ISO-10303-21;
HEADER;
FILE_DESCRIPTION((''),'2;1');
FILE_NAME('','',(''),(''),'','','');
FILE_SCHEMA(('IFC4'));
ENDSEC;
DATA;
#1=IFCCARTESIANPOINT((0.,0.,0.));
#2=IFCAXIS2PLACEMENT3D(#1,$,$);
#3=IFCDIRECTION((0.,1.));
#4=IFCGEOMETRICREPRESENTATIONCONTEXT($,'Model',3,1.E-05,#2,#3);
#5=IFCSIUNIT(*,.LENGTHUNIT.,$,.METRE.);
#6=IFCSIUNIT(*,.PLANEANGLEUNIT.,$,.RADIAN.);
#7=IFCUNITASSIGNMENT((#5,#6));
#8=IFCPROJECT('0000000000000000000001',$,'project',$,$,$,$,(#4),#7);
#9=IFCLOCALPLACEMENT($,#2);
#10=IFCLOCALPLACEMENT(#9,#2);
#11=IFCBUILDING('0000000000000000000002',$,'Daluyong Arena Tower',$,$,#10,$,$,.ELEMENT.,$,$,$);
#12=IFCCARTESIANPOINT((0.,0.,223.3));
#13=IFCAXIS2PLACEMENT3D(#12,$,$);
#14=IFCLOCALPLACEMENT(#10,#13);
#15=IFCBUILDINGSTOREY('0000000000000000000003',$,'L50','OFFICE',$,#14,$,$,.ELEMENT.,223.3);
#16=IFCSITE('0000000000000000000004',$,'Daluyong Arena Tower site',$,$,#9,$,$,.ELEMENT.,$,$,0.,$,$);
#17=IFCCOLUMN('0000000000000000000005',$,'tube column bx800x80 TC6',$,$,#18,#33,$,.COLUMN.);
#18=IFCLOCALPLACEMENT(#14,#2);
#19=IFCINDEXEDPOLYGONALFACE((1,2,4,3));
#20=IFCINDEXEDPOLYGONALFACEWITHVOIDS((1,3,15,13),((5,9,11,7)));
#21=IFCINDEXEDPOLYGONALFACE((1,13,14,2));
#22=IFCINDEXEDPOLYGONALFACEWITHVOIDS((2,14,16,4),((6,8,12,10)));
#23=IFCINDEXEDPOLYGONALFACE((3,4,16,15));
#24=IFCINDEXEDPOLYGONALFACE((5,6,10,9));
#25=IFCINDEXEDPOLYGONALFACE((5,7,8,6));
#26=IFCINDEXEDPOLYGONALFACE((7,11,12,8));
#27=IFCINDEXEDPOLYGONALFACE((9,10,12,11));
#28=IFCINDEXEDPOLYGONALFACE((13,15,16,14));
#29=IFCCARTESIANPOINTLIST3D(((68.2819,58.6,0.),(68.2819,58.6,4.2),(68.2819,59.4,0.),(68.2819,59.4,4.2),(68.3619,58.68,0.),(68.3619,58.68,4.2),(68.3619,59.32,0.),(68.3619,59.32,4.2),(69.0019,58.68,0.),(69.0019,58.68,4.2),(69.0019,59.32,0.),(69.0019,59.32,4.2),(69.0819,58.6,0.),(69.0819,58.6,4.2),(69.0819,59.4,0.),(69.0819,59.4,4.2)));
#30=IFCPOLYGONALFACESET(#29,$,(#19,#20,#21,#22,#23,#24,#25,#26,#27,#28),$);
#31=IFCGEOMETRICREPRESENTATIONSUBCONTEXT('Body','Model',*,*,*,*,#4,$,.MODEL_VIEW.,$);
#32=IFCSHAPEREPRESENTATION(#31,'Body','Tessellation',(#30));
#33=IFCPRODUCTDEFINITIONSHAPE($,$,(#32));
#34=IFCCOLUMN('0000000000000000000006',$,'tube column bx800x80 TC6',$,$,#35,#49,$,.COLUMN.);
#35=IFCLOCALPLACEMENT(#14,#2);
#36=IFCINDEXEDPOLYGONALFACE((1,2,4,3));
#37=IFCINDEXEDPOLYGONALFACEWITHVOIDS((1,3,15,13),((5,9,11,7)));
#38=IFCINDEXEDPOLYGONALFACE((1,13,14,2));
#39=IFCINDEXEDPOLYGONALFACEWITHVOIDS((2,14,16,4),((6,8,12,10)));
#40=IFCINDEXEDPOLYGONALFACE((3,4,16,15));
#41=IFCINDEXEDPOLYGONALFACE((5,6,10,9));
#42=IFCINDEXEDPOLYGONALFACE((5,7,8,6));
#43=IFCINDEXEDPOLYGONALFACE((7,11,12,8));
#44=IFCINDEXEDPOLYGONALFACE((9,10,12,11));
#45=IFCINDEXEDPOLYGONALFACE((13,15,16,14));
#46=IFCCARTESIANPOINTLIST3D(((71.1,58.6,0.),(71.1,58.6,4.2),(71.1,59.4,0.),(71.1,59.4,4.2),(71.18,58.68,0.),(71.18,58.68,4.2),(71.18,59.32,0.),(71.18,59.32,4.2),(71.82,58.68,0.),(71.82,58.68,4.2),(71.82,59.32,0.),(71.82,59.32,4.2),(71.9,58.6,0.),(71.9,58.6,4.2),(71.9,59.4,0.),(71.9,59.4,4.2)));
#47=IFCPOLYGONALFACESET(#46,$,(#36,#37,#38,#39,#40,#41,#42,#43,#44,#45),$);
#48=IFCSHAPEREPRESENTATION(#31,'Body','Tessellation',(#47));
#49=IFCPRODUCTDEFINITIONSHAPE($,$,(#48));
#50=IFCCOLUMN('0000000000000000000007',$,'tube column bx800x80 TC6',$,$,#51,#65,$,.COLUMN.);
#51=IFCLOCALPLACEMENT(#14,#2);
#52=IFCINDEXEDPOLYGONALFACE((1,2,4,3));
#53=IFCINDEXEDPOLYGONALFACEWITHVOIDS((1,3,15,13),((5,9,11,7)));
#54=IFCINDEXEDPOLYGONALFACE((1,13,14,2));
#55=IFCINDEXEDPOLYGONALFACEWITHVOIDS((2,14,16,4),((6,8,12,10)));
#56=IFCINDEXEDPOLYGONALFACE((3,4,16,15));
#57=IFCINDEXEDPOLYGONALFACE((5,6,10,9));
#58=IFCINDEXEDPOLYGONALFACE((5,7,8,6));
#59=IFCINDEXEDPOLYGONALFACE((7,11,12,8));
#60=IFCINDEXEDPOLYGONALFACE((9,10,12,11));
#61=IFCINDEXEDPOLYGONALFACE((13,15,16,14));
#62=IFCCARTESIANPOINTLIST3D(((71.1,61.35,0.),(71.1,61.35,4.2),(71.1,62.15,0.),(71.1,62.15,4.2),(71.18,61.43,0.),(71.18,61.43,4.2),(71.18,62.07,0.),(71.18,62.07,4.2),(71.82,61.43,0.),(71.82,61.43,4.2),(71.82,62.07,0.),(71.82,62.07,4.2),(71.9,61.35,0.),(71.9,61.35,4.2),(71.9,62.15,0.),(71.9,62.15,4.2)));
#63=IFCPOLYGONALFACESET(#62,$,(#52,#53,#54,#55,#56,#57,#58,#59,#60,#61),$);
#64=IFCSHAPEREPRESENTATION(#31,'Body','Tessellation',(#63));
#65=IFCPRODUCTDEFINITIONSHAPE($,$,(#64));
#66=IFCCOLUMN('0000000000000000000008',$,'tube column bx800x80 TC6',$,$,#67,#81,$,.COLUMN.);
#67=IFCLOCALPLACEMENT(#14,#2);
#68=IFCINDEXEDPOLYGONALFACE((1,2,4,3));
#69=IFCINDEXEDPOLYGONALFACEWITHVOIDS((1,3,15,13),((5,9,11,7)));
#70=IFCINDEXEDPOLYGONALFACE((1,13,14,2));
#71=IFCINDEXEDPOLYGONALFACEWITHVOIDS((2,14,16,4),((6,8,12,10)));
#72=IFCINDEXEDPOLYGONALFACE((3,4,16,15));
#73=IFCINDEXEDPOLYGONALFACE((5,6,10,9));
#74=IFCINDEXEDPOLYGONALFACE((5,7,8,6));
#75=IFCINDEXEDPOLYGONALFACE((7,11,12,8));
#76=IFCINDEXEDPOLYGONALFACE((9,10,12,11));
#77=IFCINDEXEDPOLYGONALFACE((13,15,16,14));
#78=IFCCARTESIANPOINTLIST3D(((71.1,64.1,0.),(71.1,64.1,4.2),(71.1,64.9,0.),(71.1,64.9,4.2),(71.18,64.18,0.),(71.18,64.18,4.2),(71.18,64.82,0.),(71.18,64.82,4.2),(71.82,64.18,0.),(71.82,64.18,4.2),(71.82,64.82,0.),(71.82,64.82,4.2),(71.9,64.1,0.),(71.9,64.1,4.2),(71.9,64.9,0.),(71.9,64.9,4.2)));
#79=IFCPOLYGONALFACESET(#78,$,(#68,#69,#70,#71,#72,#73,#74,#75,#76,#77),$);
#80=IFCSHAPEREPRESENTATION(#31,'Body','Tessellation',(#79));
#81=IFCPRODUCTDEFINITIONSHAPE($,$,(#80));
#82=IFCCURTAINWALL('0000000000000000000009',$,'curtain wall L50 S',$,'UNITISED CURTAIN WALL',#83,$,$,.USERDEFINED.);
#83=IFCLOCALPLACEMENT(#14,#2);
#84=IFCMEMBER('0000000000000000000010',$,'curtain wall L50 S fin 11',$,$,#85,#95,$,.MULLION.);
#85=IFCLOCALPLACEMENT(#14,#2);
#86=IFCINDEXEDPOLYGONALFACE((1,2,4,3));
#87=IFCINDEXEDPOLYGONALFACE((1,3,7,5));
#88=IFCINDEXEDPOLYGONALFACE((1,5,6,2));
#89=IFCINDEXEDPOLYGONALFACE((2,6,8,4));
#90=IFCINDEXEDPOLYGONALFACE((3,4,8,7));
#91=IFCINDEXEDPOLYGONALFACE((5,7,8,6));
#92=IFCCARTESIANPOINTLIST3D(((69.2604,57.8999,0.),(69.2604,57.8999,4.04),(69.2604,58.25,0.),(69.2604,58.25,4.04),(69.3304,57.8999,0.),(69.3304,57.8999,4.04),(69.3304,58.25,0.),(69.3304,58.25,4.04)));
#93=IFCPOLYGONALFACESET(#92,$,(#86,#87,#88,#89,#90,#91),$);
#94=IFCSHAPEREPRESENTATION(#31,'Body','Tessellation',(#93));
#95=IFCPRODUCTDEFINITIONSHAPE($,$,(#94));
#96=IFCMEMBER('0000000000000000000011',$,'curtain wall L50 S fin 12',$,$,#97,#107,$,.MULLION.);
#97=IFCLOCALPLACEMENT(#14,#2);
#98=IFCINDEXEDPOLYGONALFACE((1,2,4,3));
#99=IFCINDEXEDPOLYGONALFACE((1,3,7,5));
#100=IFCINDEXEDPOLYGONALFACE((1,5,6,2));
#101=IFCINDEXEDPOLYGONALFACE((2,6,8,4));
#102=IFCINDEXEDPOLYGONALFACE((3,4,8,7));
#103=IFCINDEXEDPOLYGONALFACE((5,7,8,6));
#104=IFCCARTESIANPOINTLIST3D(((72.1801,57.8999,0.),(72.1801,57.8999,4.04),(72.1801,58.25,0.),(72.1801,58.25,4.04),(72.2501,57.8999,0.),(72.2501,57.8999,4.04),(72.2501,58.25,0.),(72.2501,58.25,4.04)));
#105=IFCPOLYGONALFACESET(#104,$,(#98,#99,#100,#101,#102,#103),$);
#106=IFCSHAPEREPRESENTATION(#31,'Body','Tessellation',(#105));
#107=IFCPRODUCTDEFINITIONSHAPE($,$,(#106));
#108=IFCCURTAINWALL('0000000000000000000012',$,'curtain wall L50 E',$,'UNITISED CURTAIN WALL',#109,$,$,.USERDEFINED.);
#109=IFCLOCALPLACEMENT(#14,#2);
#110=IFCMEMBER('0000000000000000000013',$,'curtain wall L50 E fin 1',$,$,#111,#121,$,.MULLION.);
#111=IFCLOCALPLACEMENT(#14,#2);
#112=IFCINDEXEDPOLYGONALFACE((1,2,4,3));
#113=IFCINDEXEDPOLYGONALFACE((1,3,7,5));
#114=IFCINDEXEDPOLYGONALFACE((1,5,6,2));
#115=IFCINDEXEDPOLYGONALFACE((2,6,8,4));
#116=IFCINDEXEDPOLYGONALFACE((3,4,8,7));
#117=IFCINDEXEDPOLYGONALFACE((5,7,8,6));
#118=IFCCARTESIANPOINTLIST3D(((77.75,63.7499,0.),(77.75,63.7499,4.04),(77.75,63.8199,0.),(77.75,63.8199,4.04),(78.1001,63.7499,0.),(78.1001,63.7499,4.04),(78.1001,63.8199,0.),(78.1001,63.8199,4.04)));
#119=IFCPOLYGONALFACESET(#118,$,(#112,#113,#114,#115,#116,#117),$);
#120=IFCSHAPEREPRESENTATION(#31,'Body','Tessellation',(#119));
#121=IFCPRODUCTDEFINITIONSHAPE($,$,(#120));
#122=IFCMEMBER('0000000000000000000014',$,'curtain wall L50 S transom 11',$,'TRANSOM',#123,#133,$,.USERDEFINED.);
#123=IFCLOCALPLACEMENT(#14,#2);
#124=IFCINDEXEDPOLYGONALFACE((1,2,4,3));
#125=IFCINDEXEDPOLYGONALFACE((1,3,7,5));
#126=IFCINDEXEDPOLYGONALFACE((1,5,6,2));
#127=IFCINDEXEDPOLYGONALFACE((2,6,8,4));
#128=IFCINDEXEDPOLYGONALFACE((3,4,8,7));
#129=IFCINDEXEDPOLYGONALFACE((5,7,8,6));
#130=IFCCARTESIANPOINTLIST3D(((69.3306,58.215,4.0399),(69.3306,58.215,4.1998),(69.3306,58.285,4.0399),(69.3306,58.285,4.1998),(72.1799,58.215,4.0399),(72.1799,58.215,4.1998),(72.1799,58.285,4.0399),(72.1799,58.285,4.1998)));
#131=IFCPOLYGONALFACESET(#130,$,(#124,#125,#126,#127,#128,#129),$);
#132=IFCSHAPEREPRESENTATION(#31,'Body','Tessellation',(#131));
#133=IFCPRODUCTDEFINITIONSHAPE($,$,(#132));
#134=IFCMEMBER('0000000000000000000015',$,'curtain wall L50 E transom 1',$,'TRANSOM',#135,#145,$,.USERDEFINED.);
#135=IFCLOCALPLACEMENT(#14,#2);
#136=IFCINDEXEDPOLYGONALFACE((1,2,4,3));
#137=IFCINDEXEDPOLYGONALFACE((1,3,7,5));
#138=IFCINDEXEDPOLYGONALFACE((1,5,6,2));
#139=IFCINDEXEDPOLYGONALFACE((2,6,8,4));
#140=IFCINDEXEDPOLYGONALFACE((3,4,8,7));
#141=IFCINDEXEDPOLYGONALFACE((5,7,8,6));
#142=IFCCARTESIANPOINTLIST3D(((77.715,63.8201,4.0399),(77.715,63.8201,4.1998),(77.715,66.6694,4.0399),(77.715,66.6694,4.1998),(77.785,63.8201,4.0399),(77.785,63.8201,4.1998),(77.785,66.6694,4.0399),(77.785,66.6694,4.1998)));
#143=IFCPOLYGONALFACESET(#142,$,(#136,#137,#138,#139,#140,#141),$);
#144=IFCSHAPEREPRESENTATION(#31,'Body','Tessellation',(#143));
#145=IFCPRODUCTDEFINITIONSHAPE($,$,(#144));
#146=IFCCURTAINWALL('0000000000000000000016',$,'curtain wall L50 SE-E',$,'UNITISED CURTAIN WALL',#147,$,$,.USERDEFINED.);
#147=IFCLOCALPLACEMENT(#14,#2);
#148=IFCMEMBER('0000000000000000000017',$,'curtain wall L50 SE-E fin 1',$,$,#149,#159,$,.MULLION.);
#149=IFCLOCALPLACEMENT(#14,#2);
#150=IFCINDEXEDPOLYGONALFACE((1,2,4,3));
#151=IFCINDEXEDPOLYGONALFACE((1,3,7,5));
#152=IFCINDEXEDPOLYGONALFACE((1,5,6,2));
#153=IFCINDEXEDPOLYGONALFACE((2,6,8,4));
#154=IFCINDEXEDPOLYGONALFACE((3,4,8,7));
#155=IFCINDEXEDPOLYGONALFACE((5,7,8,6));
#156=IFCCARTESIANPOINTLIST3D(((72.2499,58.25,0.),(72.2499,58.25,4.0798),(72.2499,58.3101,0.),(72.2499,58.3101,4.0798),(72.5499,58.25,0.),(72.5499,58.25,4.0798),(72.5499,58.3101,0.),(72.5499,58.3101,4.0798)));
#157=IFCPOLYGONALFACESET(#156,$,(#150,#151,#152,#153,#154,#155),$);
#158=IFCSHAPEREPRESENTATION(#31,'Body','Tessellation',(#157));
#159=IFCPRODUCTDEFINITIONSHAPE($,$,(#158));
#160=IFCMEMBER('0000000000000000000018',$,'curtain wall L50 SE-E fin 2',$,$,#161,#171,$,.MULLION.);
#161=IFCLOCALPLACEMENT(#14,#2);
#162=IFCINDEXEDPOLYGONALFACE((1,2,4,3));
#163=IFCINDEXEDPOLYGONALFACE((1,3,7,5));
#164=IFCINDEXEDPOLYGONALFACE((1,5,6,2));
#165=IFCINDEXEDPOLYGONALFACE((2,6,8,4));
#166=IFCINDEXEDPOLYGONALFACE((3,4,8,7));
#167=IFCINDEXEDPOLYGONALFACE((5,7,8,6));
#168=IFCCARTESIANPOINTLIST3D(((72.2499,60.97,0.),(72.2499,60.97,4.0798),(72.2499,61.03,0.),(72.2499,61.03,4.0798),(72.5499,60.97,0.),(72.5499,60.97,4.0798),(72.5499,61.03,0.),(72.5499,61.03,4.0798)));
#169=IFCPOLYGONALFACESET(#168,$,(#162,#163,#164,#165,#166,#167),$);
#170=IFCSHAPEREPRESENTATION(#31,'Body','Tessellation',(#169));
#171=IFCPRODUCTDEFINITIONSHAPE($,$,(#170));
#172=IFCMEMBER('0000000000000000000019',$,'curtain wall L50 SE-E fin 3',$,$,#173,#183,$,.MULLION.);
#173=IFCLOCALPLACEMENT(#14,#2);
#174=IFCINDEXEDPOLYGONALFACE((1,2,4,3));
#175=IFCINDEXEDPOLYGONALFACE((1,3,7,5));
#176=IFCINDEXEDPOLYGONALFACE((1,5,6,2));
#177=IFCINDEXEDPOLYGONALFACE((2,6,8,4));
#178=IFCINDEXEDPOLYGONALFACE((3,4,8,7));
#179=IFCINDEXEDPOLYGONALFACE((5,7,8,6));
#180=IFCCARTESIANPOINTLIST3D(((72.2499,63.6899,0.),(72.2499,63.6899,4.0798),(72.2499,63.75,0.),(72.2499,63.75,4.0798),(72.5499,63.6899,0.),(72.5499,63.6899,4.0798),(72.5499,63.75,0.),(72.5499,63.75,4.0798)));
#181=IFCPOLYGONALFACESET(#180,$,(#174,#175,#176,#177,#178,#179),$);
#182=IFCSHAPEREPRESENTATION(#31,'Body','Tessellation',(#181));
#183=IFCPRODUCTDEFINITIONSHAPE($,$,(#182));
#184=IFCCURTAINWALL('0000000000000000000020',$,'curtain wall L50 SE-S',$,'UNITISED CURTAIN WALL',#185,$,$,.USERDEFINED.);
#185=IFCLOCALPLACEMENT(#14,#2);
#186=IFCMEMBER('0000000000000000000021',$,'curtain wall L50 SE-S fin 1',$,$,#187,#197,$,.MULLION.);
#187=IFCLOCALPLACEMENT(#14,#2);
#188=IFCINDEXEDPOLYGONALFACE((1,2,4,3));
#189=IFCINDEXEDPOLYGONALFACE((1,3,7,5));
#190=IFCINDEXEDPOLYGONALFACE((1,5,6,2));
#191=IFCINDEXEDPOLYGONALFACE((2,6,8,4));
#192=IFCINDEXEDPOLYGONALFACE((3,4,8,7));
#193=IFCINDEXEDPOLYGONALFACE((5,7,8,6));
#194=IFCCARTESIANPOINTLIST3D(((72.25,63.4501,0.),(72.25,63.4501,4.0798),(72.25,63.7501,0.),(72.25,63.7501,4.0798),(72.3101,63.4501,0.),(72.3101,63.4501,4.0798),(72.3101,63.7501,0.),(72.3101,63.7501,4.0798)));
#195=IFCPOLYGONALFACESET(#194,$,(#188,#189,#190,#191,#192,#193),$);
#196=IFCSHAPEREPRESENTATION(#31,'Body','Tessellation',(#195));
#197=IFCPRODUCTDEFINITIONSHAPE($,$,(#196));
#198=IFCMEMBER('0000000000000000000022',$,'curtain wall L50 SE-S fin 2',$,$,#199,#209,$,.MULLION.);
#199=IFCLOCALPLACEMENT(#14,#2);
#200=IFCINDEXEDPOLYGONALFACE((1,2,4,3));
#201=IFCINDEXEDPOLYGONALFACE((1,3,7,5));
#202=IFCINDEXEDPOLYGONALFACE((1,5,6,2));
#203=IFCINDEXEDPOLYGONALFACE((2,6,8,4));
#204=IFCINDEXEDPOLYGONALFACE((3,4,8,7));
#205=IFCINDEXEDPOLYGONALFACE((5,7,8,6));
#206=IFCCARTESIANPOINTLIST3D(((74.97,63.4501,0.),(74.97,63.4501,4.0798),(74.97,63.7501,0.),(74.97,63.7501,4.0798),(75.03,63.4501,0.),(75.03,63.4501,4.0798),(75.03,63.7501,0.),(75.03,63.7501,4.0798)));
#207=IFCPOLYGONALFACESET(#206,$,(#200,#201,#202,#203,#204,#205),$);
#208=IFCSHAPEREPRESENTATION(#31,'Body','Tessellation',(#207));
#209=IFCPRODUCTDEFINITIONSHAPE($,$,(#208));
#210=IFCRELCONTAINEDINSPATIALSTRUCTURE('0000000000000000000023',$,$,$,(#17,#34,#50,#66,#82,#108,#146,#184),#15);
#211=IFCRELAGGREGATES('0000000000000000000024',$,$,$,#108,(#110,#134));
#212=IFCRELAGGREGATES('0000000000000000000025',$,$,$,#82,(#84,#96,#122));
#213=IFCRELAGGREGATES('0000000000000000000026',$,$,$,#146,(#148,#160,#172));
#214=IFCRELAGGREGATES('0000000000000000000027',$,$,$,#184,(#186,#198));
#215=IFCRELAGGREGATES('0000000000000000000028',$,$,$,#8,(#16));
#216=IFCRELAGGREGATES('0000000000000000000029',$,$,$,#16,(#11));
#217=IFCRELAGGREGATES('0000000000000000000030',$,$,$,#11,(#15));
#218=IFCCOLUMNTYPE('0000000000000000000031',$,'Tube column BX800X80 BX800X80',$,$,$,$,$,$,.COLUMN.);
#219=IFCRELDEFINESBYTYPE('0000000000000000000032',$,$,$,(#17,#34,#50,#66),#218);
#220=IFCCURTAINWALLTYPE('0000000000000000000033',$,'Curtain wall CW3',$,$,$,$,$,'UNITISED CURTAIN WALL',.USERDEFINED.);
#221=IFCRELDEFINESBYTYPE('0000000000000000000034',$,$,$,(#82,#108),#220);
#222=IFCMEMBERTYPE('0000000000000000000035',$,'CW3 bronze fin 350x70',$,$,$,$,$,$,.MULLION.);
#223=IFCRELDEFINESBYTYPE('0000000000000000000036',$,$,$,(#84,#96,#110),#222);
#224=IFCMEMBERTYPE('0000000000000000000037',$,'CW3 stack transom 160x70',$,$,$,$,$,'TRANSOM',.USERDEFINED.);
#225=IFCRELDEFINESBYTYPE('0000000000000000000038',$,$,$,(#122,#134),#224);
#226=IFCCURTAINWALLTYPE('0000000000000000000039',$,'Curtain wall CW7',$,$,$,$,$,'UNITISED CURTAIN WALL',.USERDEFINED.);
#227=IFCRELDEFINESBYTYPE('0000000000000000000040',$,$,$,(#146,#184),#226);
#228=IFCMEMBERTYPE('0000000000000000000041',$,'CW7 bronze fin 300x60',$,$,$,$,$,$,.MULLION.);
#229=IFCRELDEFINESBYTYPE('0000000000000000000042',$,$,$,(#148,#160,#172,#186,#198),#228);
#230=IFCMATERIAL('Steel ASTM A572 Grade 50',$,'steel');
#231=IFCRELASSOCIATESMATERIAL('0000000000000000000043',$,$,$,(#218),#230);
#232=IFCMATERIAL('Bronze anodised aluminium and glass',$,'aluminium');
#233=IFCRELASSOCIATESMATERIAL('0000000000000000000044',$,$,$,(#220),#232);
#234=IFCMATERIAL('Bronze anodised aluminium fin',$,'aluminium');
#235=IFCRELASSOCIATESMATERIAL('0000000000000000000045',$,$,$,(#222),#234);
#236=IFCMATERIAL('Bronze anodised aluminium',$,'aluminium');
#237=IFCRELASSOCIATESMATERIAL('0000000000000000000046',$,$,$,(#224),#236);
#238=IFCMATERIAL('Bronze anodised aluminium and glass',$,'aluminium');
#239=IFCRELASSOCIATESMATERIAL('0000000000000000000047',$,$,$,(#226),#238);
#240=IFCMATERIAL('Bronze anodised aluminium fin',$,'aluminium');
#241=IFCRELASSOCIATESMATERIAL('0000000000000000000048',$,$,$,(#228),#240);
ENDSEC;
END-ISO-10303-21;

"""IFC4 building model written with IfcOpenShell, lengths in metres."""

from ifc_helpers import new_model, si_unit, direction, frame, origin, origin_2d, place, context, subcontext, project, spatial, rectangle, hollow_rectangle, extrude, material, material_profile, profile_set, type_object, element, aggregate, save


model = new_model("IFC4")

# Units and contexts
model_context = context("Model", 3, precision=1e-05, world=origin(), true_north=direction((0.0, 1.0)))
body_context = subcontext(model_context, "Body", "Model", "MODEL_VIEW")
ifc_project = project(units=[si_unit("LENGTHUNIT", "METRE"), si_unit("PLANEANGLEUNIT", "RADIAN")], contexts=[model_context])

# Site, building, storey
site_placement = place(None, origin())
site = spatial("IfcSite", under=ifc_project, at=site_placement, Name="Daluyong Arena Tower site", CompositionType="ELEMENT", RefElevation=0.0)
building_placement = place(site_placement, origin())
building = spatial("IfcBuilding", under=site, at=building_placement, Name="Daluyong Arena Tower", CompositionType="ELEMENT")
storey_placement = place(building_placement, frame((0.0, 0.0, 223.3)))
storey = spatial("IfcBuildingStorey", under=building, at=storey_placement, Name="L50", Description="OFFICE", CompositionType="ELEMENT", Elevation=223.3)

# Columns
ifc_material_1 = material(Name="Steel ASTM A572 Grade 50", Category="steel")
ifc_material_profile_1 = material_profile(ifc_material_1, hollow_rectangle(XDim=0.8, YDim=0.8, WallThickness=0.08, at=origin_2d()))
ifc_profile_set_1 = profile_set([ifc_material_profile_1], Name="Steel ASTM A572 Grade 50")
column_type = type_object("IfcColumnType", Name="Tube column BX800X80 BX800X80", PredefinedType="COLUMN", material=ifc_profile_set_1)
for number, where, z_axis, x_axis, name in (
    (1, (68.6819, 59.0, 0.0), (0.0, 0.0, 1.0), (1.0, 0.0, 0.0), "tube column bx800x80 TC6"),
    (2, (71.5, 59.0, 0.0), (0.0, 0.0, 1.0), (0.0, 1.0, 0.0), "tube column bx800x80 TC6"),
    (3, (71.5, 61.75, 0.0), (0.0, 0.0, 1.0), (0.0, 1.0, 0.0), "tube column bx800x80 TC6"),
    (4, (71.5, 64.5, 0.0), (0.0, 0.0, 1.0), (1.0, 0.0, 0.0), "tube column bx800x80 TC6"),
):
    element("IfcColumn", number, at=place(storey_placement, frame(where, z_axis=z_axis, x_axis=x_axis)), inside=storey, type_object=column_type, Name=name, PredefinedType="COLUMN", context=body_context, shape_type="SweptSolid", body=[
        extrude(hollow_rectangle(XDim=0.8, YDim=0.8, WallThickness=0.08, at=origin_2d()), origin(), (0.0, 0.0, 1.0), 4.2),
    ])

# Curtain wall, members
ifc_material_2 = material(Name="Bronze anodised aluminium and glass", Category="aluminium")
curtain_wall_type_1 = type_object("IfcCurtainWallType", Name="Curtain wall CW3", ElementType="UNITISED CURTAIN WALL", PredefinedType="USERDEFINED", material=ifc_material_2)
curtain_wall_1_placement = place(storey_placement, origin())
curtain_wall_1 = element("IfcCurtainWall", 5, at=curtain_wall_1_placement, inside=storey, type_object=curtain_wall_type_1, Name="curtain wall L50 S", ObjectType="UNITISED CURTAIN WALL", PredefinedType="USERDEFINED")
ifc_material_3 = material(Name="Bronze anodised aluminium fin", Category="aluminium")
ifc_material_profile_2 = material_profile(ifc_material_3, rectangle(XDim=0.3501, YDim=0.0701, at=origin_2d()))
ifc_profile_set_2 = profile_set([ifc_material_profile_2], Name="Bronze anodised aluminium fin")
member_type_1 = type_object("IfcMemberType", Name="CW3 bronze fin 350x70", PredefinedType="MULLION", material=ifc_profile_set_2)
member_1_placement = place(storey_placement, frame((69.2954, 58.075, 0.0), z_axis=(0.0, 0.0, 1.0), x_axis=(0.0, 1.0, 0.0)))
member_1 = element("IfcMember", 6, at=member_1_placement, type_object=member_type_1, Name="curtain wall L50 S fin 11", PredefinedType="MULLION", context=body_context, shape_type="SweptSolid", body=[
    extrude(rectangle(XDim=0.3501, YDim=0.0701, at=origin_2d()), origin(), (0.0, 0.0, 1.0), 4.04),
])
member_2_placement = place(storey_placement, frame((72.2151, 58.075, 0.0), z_axis=(0.0, 0.0, 1.0), x_axis=(0.0, 1.0, 0.0)))
member_2 = element("IfcMember", 7, at=member_2_placement, type_object=member_type_1, Name="curtain wall L50 S fin 12", PredefinedType="MULLION", context=body_context, shape_type="SweptSolid", body=[
    extrude(rectangle(XDim=0.3501, YDim=0.0701, at=origin_2d()), origin(), (0.0, 0.0, 1.0), 4.04),
])

# Curtain wall, member
curtain_wall_2_placement = place(storey_placement, origin())
curtain_wall_2 = element("IfcCurtainWall", 8, at=curtain_wall_2_placement, inside=storey, type_object=curtain_wall_type_1, Name="curtain wall L50 E", ObjectType="UNITISED CURTAIN WALL", PredefinedType="USERDEFINED")
member_3_placement = place(storey_placement, frame((77.925, 63.7849, 0.0), z_axis=(0.0, 0.0, 1.0), x_axis=(-1.0, 0.0, 0.0)))
member_3 = element("IfcMember", 9, at=member_3_placement, type_object=member_type_1, Name="curtain wall L50 E fin 1", PredefinedType="MULLION", context=body_context, shape_type="SweptSolid", body=[
    extrude(rectangle(XDim=0.3501, YDim=0.0701, at=origin_2d()), origin(), (0.0, 0.0, 1.0), 4.04),
])

# Members
ifc_material_4 = material(Name="Bronze anodised aluminium", Category="aluminium")
ifc_material_profile_3 = material_profile(ifc_material_4, rectangle(XDim=0.0701, YDim=0.1599, at=origin_2d()))
ifc_profile_set_3 = profile_set([ifc_material_profile_3], Name="Bronze anodised aluminium")
member_type_2 = type_object("IfcMemberType", Name="CW3 stack transom 160x70", ElementType="TRANSOM", PredefinedType="USERDEFINED", material=ifc_profile_set_3)
member_4_placement = place(storey_placement, frame((69.3306, 58.25, 4.1199), z_axis=(1.0, 0.0, 0.0), x_axis=(0.0, 1.0, 0.0)))
member_4 = element("IfcMember", 10, at=member_4_placement, type_object=member_type_2, Name="curtain wall L50 S transom 11", ObjectType="TRANSOM", PredefinedType="USERDEFINED", context=body_context, shape_type="SweptSolid", body=[
    extrude(rectangle(XDim=0.0701, YDim=0.1599, at=origin_2d()), origin(), (0.0, 0.0, 1.0), 2.8494),
])
member_5_placement = place(storey_placement, frame((77.75, 63.8201, 4.1199), z_axis=(0.0, 1.0, 0.0), x_axis=(-1.0, 0.0, 0.0)))
member_5 = element("IfcMember", 11, at=member_5_placement, type_object=member_type_2, Name="curtain wall L50 E transom 1", ObjectType="TRANSOM", PredefinedType="USERDEFINED", context=body_context, shape_type="SweptSolid", body=[
    extrude(rectangle(XDim=0.0701, YDim=0.1599, at=origin_2d()), origin(), (0.0, 0.0, 1.0), 2.8494),
])
aggregate(curtain_wall_2, [member_3, member_5])

# Curtain walls, members
ifc_material_5 = material(Name="Bronze anodised aluminium and glass", Category="aluminium")
curtain_wall_type_2 = type_object("IfcCurtainWallType", Name="Curtain wall CW7", ElementType="UNITISED CURTAIN WALL", PredefinedType="USERDEFINED", material=ifc_material_5)
curtain_wall_3_placement = place(storey_placement, origin())
curtain_wall_3 = element("IfcCurtainWall", 12, at=curtain_wall_3_placement, inside=storey, type_object=curtain_wall_type_2, Name="curtain wall L50 SE-E", ObjectType="UNITISED CURTAIN WALL", PredefinedType="USERDEFINED")
ifc_material_6 = material(Name="Bronze anodised aluminium fin", Category="aluminium")
ifc_material_profile_4 = material_profile(ifc_material_6, rectangle(XDim=0.3, YDim=0.0601, at=origin_2d()))
ifc_profile_set_4 = profile_set([ifc_material_profile_4], Name="Bronze anodised aluminium fin")
member_type_3 = type_object("IfcMemberType", Name="CW7 bronze fin 300x60", PredefinedType="MULLION", material=ifc_profile_set_4)
member_6_placement = place(storey_placement, frame((72.3999, 58.28, 0.0), z_axis=(0.0, 0.0, 1.0), x_axis=(-1.0, 0.0, 0.0)))
member_6 = element("IfcMember", 13, at=member_6_placement, type_object=member_type_3, Name="curtain wall L50 SE-E fin 1", PredefinedType="MULLION", context=body_context, shape_type="SweptSolid", body=[
    extrude(rectangle(XDim=0.3, YDim=0.0601, at=origin_2d()), origin(), (0.0, 0.0, 1.0), 4.0798),
])
member_7_placement = place(storey_placement, frame((72.3999, 61.0, 0.0), z_axis=(0.0, 0.0, 1.0), x_axis=(-1.0, 0.0, 0.0)))
member_7 = element("IfcMember", 14, at=member_7_placement, type_object=member_type_3, Name="curtain wall L50 SE-E fin 2", PredefinedType="MULLION", context=body_context, shape_type="SweptSolid", body=[
    extrude(rectangle(XDim=0.3, YDim=0.0601, at=origin_2d()), origin(), (0.0, 0.0, 1.0), 4.0798),
])
member_8_placement = place(storey_placement, frame((72.3999, 63.72, 0.0), z_axis=(0.0, 0.0, 1.0), x_axis=(-1.0, 0.0, 0.0)))
member_8 = element("IfcMember", 15, at=member_8_placement, type_object=member_type_3, Name="curtain wall L50 SE-E fin 3", PredefinedType="MULLION", context=body_context, shape_type="SweptSolid", body=[
    extrude(rectangle(XDim=0.3, YDim=0.0601, at=origin_2d()), origin(), (0.0, 0.0, 1.0), 4.0798),
])
curtain_wall_4_placement = place(storey_placement, origin())
curtain_wall_4 = element("IfcCurtainWall", 16, at=curtain_wall_4_placement, inside=storey, type_object=curtain_wall_type_2, Name="curtain wall L50 SE-S", ObjectType="UNITISED CURTAIN WALL", PredefinedType="USERDEFINED")
member_9_placement = place(storey_placement, frame((72.28, 63.6001, 0.0), z_axis=(0.0, 0.0, 1.0), x_axis=(0.0, 1.0, 0.0)))
member_9 = element("IfcMember", 17, at=member_9_placement, type_object=member_type_3, Name="curtain wall L50 SE-S fin 1", PredefinedType="MULLION", context=body_context, shape_type="SweptSolid", body=[
    extrude(rectangle(XDim=0.3, YDim=0.0601, at=origin_2d()), origin(), (0.0, 0.0, 1.0), 4.0798),
])
member_10_placement = place(storey_placement, frame((75.0, 63.6001, 0.0), z_axis=(0.0, 0.0, 1.0), x_axis=(0.0, 1.0, 0.0)))
member_10 = element("IfcMember", 18, at=member_10_placement, type_object=member_type_3, Name="curtain wall L50 SE-S fin 2", PredefinedType="MULLION", context=body_context, shape_type="SweptSolid", body=[
    extrude(rectangle(XDim=0.3, YDim=0.0601, at=origin_2d()), origin(), (0.0, 0.0, 1.0), 4.0798),
])

aggregate(curtain_wall_1, [member_1, member_2, member_4])
aggregate(curtain_wall_3, [member_6, member_7, member_8])
aggregate(curtain_wall_4, [member_9, member_10])

save(model, "model.ifc")
